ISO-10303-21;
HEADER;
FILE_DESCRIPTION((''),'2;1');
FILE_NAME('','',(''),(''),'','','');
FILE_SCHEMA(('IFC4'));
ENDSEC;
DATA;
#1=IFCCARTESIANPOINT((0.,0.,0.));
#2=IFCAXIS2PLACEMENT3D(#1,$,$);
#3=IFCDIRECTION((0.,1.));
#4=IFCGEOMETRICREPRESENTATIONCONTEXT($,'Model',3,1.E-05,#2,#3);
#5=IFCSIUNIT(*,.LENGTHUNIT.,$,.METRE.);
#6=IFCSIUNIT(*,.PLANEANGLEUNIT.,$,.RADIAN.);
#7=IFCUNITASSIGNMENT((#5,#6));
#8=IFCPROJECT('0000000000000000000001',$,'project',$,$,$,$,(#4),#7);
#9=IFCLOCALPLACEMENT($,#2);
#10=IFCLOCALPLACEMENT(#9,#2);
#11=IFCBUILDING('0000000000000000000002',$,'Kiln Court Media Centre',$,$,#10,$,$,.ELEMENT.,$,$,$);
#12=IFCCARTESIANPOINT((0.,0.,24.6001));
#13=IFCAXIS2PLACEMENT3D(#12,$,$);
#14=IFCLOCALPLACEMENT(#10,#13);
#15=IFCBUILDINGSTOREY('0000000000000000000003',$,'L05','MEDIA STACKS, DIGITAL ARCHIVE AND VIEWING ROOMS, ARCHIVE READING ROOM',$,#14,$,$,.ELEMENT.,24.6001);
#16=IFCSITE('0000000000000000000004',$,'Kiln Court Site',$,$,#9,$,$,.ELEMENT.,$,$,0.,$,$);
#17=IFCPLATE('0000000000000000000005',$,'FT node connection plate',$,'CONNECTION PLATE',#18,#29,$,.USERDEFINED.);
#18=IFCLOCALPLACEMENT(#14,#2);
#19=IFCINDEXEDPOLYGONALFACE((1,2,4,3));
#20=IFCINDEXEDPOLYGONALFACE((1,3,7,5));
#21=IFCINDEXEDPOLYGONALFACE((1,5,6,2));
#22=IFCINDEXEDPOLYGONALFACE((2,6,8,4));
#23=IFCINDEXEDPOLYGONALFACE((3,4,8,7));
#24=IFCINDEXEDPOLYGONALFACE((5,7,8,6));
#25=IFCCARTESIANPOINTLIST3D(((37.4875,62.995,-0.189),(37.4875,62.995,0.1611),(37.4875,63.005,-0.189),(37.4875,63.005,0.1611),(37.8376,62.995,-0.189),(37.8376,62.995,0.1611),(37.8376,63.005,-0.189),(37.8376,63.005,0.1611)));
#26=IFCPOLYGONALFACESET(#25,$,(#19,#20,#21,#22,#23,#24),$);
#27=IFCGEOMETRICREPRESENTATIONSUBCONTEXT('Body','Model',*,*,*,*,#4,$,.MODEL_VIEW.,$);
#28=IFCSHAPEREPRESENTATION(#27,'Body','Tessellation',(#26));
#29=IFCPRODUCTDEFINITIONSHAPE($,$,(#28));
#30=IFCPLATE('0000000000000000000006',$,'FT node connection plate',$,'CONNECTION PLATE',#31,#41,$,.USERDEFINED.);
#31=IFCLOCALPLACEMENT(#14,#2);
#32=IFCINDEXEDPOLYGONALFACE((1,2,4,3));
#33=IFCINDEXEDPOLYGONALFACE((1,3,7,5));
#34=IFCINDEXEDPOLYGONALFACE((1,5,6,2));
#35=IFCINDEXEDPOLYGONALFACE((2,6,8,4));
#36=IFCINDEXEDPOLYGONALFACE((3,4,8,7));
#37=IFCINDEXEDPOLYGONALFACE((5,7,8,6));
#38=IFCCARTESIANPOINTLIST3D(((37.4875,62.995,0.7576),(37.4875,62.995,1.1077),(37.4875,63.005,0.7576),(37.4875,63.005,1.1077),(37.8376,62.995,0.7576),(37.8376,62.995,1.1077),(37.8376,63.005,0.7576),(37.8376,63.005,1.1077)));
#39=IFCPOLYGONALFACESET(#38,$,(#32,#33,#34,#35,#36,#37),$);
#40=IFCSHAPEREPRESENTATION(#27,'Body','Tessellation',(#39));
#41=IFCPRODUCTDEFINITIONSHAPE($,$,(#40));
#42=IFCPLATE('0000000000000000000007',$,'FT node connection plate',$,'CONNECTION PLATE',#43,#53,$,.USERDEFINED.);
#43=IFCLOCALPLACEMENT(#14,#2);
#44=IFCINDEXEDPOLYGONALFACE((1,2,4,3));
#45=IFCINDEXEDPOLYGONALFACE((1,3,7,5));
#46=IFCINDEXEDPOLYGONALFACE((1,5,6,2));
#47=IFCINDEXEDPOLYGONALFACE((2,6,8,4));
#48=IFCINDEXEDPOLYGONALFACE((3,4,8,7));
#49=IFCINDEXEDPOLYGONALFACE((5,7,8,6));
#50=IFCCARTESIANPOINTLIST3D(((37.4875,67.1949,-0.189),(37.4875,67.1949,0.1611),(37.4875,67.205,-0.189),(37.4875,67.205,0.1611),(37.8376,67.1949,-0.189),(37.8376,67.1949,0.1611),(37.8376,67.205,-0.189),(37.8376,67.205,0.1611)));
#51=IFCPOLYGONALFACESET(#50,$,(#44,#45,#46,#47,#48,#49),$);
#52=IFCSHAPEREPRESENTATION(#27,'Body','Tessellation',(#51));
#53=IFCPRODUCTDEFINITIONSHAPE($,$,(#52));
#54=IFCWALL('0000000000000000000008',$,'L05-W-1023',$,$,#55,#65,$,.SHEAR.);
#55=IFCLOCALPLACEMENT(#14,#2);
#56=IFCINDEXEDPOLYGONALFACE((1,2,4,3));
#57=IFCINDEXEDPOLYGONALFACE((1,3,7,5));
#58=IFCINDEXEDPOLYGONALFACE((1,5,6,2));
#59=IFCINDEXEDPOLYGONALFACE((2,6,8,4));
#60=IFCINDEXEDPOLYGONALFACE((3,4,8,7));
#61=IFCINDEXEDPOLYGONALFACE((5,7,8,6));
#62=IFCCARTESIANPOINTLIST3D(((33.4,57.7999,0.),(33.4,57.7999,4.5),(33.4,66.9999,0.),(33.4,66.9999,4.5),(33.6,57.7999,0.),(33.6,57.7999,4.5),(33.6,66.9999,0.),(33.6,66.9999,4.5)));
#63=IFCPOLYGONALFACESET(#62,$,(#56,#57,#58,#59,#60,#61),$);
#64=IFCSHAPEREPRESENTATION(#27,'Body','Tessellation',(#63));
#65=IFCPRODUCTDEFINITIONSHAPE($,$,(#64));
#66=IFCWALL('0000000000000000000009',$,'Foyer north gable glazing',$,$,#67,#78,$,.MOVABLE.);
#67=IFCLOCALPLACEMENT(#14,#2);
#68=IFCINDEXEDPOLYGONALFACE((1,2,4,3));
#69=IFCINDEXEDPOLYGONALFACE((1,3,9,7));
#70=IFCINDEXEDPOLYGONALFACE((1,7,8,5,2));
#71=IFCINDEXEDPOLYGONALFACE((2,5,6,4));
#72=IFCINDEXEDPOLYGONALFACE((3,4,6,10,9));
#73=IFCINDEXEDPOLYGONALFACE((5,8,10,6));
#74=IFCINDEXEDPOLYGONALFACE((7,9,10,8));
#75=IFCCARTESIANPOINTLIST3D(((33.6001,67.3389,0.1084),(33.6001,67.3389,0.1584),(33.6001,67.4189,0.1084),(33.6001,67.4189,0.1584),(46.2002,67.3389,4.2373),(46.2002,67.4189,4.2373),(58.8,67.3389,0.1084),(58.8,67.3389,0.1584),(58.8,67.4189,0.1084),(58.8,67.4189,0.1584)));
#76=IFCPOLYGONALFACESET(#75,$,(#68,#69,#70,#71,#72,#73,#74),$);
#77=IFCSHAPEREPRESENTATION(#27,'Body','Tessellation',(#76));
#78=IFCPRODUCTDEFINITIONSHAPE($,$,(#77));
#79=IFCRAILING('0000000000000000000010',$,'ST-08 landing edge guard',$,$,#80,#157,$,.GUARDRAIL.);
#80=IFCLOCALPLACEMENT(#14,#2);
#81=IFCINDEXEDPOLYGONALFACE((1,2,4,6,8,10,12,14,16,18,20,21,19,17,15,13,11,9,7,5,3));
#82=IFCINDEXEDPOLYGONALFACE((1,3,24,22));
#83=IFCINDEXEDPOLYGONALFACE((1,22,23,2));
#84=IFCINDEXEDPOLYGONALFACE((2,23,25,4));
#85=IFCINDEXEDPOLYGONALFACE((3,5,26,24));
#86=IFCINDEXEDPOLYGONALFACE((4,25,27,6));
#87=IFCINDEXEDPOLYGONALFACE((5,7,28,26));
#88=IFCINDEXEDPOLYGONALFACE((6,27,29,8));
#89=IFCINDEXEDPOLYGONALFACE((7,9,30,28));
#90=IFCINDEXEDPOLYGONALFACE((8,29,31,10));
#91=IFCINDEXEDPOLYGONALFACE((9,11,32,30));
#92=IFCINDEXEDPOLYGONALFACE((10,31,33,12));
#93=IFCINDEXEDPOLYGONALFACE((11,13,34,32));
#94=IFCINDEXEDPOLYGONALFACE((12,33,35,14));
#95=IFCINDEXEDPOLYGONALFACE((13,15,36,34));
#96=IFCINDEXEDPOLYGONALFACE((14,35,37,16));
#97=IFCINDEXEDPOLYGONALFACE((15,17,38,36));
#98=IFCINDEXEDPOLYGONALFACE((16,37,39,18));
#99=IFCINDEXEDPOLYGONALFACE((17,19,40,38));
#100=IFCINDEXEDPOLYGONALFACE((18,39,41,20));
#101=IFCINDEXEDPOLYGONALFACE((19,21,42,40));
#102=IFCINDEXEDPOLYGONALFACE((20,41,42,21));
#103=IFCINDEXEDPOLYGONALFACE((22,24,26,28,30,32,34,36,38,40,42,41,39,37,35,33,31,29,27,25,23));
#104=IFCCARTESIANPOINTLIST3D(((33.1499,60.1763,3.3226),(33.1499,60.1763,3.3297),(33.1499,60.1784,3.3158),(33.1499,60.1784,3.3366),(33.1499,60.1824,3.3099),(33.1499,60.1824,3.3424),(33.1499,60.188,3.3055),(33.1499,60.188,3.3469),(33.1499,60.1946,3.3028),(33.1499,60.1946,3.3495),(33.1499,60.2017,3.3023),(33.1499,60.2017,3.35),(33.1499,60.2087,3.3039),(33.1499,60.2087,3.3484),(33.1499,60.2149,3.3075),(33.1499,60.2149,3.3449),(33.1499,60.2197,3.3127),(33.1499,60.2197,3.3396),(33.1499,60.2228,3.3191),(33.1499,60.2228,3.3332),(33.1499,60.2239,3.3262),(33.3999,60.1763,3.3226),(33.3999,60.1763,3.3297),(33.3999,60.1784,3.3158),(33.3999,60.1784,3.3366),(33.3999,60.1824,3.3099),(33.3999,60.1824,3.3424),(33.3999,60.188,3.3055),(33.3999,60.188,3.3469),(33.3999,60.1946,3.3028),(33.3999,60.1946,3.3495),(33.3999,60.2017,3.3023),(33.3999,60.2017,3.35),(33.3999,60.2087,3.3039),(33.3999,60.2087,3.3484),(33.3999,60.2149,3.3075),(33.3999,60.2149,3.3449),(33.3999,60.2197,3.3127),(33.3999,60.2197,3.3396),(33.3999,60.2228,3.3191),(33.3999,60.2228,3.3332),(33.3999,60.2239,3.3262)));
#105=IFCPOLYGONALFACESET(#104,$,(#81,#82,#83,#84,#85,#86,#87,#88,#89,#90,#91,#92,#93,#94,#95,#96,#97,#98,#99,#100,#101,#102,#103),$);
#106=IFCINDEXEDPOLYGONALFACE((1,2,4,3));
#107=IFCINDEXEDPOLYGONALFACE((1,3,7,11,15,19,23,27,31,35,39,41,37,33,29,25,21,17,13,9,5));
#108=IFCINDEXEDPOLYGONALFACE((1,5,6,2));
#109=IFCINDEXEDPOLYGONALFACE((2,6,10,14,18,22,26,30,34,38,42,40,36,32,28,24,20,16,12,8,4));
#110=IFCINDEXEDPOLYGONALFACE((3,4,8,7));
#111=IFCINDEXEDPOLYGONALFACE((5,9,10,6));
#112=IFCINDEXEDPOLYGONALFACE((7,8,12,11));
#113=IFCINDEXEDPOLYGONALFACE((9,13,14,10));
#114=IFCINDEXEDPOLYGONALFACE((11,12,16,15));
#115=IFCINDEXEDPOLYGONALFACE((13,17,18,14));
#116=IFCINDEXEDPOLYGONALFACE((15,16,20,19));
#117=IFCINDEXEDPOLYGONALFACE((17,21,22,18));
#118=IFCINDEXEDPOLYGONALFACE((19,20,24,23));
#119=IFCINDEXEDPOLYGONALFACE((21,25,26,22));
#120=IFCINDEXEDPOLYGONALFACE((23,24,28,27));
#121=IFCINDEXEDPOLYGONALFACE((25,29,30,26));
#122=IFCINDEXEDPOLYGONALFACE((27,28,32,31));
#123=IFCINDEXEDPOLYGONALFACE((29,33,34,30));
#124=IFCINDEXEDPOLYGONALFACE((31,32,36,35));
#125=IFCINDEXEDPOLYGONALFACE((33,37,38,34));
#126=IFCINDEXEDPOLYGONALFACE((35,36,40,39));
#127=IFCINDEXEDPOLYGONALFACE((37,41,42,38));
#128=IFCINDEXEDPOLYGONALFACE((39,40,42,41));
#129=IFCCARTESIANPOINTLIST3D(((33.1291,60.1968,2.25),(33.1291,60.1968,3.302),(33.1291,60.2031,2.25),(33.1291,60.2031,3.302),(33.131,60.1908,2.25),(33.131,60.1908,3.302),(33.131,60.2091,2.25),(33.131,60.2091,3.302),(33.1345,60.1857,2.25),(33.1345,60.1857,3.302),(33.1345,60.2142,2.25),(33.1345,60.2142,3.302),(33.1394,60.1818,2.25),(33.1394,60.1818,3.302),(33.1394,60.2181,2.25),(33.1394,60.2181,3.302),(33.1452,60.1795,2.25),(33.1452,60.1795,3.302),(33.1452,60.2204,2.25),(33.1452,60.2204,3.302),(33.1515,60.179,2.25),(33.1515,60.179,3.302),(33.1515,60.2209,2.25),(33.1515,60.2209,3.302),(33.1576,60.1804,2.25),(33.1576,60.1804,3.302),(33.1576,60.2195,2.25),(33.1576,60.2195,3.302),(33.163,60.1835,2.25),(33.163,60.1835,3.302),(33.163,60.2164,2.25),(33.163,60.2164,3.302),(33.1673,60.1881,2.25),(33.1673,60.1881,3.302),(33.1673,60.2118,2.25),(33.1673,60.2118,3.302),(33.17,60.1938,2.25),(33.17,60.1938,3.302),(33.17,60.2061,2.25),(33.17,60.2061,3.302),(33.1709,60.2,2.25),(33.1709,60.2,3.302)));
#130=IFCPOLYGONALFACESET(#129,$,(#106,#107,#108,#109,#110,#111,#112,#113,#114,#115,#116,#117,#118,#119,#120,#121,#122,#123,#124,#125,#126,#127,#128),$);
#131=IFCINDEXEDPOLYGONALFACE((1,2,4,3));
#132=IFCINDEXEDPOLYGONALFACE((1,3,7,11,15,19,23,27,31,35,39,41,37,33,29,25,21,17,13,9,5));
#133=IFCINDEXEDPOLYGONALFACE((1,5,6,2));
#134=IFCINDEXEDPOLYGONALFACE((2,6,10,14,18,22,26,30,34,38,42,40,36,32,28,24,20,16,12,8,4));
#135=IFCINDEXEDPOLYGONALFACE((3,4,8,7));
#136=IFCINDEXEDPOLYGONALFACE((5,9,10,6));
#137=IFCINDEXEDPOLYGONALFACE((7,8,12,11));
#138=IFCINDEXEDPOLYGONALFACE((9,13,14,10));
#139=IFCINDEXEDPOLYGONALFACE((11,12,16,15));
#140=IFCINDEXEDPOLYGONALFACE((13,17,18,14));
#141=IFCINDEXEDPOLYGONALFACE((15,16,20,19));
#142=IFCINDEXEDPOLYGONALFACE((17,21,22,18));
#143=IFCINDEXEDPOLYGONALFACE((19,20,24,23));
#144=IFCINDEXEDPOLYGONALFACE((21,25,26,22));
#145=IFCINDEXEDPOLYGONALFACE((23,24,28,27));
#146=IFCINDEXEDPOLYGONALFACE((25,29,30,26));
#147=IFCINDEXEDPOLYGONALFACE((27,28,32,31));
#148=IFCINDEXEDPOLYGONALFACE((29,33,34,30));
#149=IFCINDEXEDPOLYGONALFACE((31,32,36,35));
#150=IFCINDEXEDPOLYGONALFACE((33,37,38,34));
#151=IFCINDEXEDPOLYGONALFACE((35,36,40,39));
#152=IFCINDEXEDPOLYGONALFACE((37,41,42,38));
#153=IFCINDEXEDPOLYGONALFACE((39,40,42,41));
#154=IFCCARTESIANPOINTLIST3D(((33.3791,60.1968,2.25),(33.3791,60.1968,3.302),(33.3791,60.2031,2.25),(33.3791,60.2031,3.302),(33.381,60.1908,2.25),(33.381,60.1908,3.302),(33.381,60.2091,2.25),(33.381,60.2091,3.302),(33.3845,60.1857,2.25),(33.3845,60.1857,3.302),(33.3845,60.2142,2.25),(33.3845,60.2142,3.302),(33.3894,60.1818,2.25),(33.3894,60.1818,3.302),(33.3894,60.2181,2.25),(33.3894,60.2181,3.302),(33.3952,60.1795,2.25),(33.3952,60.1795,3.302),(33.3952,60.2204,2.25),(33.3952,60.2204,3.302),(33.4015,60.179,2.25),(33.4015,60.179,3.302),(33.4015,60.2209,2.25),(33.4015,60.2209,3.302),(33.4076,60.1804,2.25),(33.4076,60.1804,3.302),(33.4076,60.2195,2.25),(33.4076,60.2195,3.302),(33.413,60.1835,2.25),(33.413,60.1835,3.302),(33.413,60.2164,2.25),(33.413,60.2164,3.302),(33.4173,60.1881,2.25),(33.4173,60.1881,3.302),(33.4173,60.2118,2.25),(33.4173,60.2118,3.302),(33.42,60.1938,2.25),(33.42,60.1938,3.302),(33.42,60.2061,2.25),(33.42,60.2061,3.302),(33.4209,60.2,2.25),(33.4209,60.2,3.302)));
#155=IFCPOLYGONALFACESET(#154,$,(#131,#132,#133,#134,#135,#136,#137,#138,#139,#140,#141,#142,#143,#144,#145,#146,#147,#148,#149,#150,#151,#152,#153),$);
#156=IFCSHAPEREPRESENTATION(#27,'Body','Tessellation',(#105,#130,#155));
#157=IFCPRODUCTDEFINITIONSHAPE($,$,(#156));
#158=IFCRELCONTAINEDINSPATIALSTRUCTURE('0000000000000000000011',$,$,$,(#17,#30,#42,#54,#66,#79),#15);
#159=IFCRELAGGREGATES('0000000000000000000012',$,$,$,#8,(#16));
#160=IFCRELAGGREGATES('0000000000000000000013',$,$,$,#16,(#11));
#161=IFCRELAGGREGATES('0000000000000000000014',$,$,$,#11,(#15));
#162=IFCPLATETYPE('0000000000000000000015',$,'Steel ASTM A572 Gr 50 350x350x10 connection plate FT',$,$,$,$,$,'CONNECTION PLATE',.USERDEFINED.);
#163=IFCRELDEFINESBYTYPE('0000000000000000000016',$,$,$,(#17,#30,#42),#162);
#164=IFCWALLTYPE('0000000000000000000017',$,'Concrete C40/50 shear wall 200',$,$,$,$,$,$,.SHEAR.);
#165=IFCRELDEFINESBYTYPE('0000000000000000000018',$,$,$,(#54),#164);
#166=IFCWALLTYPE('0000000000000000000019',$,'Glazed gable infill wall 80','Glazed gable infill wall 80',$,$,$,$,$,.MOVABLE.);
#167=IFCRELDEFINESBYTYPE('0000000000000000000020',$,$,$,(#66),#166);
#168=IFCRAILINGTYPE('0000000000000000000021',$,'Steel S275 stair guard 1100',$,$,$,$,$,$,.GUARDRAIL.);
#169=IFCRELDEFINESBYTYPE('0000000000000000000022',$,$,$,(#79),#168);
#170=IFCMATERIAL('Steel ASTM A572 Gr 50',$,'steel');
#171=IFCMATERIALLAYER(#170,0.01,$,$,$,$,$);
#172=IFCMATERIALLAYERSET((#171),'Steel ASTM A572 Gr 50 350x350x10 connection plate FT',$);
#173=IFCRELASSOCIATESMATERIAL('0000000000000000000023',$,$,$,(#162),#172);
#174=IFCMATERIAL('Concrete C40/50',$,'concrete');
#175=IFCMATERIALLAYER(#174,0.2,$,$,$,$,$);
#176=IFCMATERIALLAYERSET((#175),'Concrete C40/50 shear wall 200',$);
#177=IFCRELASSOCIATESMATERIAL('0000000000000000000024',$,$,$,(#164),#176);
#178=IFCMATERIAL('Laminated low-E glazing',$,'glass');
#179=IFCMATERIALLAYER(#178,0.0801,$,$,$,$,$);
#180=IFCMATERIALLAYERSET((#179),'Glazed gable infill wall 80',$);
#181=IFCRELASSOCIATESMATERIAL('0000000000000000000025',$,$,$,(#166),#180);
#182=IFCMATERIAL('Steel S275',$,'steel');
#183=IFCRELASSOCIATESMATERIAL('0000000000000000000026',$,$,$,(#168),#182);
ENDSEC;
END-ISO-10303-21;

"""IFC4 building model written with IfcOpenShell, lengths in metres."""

from ifc_helpers import new_model, si_unit, direction, frame, frame_2d, origin, origin_2d, place, context, subcontext, project, spatial, polyline, rectangle, circle, outline, extrude, material, layer, layer_set, type_object, element, save


model = new_model("IFC4")

# Units and contexts
model_context = context("Model", 3, precision=1e-05, world=origin(), true_north=direction((0.0, 1.0)))
body_context = subcontext(model_context, "Body", "Model", "MODEL_VIEW")
ifc_project = project(units=[si_unit("LENGTHUNIT", "METRE"), si_unit("PLANEANGLEUNIT", "RADIAN")], contexts=[model_context])

# Site, building, storey
site_placement = place(None, origin())
site = spatial("IfcSite", under=ifc_project, at=site_placement, Name="Kiln Court Site", CompositionType="ELEMENT", RefElevation=0.0)
building_placement = place(site_placement, origin())
building = spatial("IfcBuilding", under=site, at=building_placement, Name="Kiln Court Media Centre", CompositionType="ELEMENT")
storey_placement = place(building_placement, frame((0.0, 0.0, 24.6001)))
storey = spatial("IfcBuildingStorey", under=building, at=storey_placement, Name="L05", Description="MEDIA STACKS, DIGITAL ARCHIVE AND VIEWING ROOMS, ARCHIVE READING ROOM", CompositionType="ELEMENT", Elevation=24.6001)

# Plates
ifc_material_1 = material(Name="Steel ASTM A572 Gr 50", Category="steel")
ifc_layer_1 = layer(ifc_material_1, 0.01)
ifc_layer_set_1 = layer_set([ifc_layer_1], Name="Steel ASTM A572 Gr 50 350x350x10 connection plate FT")
plate_type_1 = type_object("IfcPlateType", Name="Steel ASTM A572 Gr 50 350x350x10 connection plate FT", ElementType="CONNECTION PLATE", PredefinedType="USERDEFINED", material=ifc_layer_set_1)
for number, where, z_axis, x_axis, name in (
    (1, (37.6626, 63.0, -0.189), (0.0, 0.0, 1.0), (1.0, 0.0, 0.0), "FT node connection plate"),
    (2, (37.6626, 63.0, 0.7576), (0.0, 0.0, 1.0), (1.0, 0.0, 0.0), "FT node connection plate"),
    (3, (37.6626, 67.2, -0.189), (0.0, 0.0, 1.0), (1.0, 0.0, 0.0), "FT node connection plate"),
):
    element("IfcPlate", number, at=place(storey_placement, frame(where, z_axis=z_axis, x_axis=x_axis)), inside=storey, type_object=plate_type_1, Name=name, ObjectType="CONNECTION PLATE", PredefinedType="USERDEFINED", context=body_context, shape_type="SweptSolid", body=[
        extrude(rectangle(XDim=0.3501, YDim=0.01, at=origin_2d()), origin(), (0.0, 0.0, 1.0), 0.3501),
    ])

# Walls
ifc_material_2 = material(Name="Concrete C40/50", Category="concrete")
ifc_layer_2 = layer(ifc_material_2, 0.2)
ifc_layer_set_2 = layer_set([ifc_layer_2], Name="Concrete C40/50 shear wall 200")
wall_type_1 = type_object("IfcWallType", Name="Concrete C40/50 shear wall 200", PredefinedType="SHEAR", material=ifc_layer_set_2)
wall_1_placement = place(storey_placement, frame((33.5, 67.0, 0.0), z_axis=(0.0, 0.0, 1.0), x_axis=(0.0, -1.0, 0.0)))
element("IfcWall", 4, at=wall_1_placement, inside=storey, type_object=wall_type_1, Name="L05-W-1023", PredefinedType="SHEAR", context=body_context, shape_type="SweptSolid", body=[
    extrude(rectangle(XDim=9.2, YDim=0.2, at=frame_2d((4.6001, 0.0))), origin(), (0.0, 0.0, 1.0), 4.5),
])
ifc_material_3 = material(Name="Laminated low-E glazing", Category="glass")
ifc_layer_3 = layer(ifc_material_3, 0.0801)
ifc_layer_set_3 = layer_set([ifc_layer_3], Name="Glazed gable infill wall 80")
wall_type_2 = type_object("IfcWallType", Name="Glazed gable infill wall 80", Description="Glazed gable infill wall 80", PredefinedType="MOVABLE", material=ifc_layer_set_3)
wall_2_placement = place(storey_placement, frame((33.6001, 67.3789, 0.1084), z_axis=(0.0, 0.0, 1.0), x_axis=(1.0, 0.0, 0.0)))
element("IfcWall", 5, at=wall_2_placement, inside=storey, type_object=wall_type_2, Name="Foyer north gable glazing", PredefinedType="MOVABLE", context=body_context, shape_type="SweptSolid", body=[
    extrude(outline(polyline([(0.0, 0.0), (25.2, 0.0), (25.2, 0.05), (12.6001, 4.1289), (0.0, 0.05), (0.0, 0.0)])), frame((0.0, 0.04, 0.0), z_axis=(0.0, -1.0, 0.0), x_axis=(1.0, 0.0, 0.0)), (0.0, 0.0, 1.0), 0.0801),
])

# Railing
ifc_material_4 = material(Name="Steel S275", Category="steel")
railing_type_1 = type_object("IfcRailingType", Name="Steel S275 stair guard 1100", PredefinedType="GUARDRAIL", material=ifc_material_4)
for number, where, name in (
    (6, (33.1499, 60.2, 2.25), "ST-08 landing edge guard"),
):
    element("IfcRailing", number, at=place(storey_placement, frame(where)), inside=storey, type_object=railing_type_1, Name=name, PredefinedType="GUARDRAIL", context=body_context, shape_type="SweptSolid", body=[
        extrude(circle(Radius=0.0239, at=origin_2d()), frame((0.0, 0.0, 1.0762), z_axis=(1.0, 0.0, 0.0), x_axis=(0.0, 1.0, 0.0)), (0.0, 0.0, 1.0), 0.25),
        extrude(circle(Radius=0.021, at=origin_2d()), origin(), (0.0, 0.0, 1.0), 1.052),
        extrude(circle(Radius=0.021, at=origin_2d()), frame((0.25, 0.0, 0.0)), (0.0, 0.0, 1.0), 1.052),
    ])

save(model, "model.ifc")
